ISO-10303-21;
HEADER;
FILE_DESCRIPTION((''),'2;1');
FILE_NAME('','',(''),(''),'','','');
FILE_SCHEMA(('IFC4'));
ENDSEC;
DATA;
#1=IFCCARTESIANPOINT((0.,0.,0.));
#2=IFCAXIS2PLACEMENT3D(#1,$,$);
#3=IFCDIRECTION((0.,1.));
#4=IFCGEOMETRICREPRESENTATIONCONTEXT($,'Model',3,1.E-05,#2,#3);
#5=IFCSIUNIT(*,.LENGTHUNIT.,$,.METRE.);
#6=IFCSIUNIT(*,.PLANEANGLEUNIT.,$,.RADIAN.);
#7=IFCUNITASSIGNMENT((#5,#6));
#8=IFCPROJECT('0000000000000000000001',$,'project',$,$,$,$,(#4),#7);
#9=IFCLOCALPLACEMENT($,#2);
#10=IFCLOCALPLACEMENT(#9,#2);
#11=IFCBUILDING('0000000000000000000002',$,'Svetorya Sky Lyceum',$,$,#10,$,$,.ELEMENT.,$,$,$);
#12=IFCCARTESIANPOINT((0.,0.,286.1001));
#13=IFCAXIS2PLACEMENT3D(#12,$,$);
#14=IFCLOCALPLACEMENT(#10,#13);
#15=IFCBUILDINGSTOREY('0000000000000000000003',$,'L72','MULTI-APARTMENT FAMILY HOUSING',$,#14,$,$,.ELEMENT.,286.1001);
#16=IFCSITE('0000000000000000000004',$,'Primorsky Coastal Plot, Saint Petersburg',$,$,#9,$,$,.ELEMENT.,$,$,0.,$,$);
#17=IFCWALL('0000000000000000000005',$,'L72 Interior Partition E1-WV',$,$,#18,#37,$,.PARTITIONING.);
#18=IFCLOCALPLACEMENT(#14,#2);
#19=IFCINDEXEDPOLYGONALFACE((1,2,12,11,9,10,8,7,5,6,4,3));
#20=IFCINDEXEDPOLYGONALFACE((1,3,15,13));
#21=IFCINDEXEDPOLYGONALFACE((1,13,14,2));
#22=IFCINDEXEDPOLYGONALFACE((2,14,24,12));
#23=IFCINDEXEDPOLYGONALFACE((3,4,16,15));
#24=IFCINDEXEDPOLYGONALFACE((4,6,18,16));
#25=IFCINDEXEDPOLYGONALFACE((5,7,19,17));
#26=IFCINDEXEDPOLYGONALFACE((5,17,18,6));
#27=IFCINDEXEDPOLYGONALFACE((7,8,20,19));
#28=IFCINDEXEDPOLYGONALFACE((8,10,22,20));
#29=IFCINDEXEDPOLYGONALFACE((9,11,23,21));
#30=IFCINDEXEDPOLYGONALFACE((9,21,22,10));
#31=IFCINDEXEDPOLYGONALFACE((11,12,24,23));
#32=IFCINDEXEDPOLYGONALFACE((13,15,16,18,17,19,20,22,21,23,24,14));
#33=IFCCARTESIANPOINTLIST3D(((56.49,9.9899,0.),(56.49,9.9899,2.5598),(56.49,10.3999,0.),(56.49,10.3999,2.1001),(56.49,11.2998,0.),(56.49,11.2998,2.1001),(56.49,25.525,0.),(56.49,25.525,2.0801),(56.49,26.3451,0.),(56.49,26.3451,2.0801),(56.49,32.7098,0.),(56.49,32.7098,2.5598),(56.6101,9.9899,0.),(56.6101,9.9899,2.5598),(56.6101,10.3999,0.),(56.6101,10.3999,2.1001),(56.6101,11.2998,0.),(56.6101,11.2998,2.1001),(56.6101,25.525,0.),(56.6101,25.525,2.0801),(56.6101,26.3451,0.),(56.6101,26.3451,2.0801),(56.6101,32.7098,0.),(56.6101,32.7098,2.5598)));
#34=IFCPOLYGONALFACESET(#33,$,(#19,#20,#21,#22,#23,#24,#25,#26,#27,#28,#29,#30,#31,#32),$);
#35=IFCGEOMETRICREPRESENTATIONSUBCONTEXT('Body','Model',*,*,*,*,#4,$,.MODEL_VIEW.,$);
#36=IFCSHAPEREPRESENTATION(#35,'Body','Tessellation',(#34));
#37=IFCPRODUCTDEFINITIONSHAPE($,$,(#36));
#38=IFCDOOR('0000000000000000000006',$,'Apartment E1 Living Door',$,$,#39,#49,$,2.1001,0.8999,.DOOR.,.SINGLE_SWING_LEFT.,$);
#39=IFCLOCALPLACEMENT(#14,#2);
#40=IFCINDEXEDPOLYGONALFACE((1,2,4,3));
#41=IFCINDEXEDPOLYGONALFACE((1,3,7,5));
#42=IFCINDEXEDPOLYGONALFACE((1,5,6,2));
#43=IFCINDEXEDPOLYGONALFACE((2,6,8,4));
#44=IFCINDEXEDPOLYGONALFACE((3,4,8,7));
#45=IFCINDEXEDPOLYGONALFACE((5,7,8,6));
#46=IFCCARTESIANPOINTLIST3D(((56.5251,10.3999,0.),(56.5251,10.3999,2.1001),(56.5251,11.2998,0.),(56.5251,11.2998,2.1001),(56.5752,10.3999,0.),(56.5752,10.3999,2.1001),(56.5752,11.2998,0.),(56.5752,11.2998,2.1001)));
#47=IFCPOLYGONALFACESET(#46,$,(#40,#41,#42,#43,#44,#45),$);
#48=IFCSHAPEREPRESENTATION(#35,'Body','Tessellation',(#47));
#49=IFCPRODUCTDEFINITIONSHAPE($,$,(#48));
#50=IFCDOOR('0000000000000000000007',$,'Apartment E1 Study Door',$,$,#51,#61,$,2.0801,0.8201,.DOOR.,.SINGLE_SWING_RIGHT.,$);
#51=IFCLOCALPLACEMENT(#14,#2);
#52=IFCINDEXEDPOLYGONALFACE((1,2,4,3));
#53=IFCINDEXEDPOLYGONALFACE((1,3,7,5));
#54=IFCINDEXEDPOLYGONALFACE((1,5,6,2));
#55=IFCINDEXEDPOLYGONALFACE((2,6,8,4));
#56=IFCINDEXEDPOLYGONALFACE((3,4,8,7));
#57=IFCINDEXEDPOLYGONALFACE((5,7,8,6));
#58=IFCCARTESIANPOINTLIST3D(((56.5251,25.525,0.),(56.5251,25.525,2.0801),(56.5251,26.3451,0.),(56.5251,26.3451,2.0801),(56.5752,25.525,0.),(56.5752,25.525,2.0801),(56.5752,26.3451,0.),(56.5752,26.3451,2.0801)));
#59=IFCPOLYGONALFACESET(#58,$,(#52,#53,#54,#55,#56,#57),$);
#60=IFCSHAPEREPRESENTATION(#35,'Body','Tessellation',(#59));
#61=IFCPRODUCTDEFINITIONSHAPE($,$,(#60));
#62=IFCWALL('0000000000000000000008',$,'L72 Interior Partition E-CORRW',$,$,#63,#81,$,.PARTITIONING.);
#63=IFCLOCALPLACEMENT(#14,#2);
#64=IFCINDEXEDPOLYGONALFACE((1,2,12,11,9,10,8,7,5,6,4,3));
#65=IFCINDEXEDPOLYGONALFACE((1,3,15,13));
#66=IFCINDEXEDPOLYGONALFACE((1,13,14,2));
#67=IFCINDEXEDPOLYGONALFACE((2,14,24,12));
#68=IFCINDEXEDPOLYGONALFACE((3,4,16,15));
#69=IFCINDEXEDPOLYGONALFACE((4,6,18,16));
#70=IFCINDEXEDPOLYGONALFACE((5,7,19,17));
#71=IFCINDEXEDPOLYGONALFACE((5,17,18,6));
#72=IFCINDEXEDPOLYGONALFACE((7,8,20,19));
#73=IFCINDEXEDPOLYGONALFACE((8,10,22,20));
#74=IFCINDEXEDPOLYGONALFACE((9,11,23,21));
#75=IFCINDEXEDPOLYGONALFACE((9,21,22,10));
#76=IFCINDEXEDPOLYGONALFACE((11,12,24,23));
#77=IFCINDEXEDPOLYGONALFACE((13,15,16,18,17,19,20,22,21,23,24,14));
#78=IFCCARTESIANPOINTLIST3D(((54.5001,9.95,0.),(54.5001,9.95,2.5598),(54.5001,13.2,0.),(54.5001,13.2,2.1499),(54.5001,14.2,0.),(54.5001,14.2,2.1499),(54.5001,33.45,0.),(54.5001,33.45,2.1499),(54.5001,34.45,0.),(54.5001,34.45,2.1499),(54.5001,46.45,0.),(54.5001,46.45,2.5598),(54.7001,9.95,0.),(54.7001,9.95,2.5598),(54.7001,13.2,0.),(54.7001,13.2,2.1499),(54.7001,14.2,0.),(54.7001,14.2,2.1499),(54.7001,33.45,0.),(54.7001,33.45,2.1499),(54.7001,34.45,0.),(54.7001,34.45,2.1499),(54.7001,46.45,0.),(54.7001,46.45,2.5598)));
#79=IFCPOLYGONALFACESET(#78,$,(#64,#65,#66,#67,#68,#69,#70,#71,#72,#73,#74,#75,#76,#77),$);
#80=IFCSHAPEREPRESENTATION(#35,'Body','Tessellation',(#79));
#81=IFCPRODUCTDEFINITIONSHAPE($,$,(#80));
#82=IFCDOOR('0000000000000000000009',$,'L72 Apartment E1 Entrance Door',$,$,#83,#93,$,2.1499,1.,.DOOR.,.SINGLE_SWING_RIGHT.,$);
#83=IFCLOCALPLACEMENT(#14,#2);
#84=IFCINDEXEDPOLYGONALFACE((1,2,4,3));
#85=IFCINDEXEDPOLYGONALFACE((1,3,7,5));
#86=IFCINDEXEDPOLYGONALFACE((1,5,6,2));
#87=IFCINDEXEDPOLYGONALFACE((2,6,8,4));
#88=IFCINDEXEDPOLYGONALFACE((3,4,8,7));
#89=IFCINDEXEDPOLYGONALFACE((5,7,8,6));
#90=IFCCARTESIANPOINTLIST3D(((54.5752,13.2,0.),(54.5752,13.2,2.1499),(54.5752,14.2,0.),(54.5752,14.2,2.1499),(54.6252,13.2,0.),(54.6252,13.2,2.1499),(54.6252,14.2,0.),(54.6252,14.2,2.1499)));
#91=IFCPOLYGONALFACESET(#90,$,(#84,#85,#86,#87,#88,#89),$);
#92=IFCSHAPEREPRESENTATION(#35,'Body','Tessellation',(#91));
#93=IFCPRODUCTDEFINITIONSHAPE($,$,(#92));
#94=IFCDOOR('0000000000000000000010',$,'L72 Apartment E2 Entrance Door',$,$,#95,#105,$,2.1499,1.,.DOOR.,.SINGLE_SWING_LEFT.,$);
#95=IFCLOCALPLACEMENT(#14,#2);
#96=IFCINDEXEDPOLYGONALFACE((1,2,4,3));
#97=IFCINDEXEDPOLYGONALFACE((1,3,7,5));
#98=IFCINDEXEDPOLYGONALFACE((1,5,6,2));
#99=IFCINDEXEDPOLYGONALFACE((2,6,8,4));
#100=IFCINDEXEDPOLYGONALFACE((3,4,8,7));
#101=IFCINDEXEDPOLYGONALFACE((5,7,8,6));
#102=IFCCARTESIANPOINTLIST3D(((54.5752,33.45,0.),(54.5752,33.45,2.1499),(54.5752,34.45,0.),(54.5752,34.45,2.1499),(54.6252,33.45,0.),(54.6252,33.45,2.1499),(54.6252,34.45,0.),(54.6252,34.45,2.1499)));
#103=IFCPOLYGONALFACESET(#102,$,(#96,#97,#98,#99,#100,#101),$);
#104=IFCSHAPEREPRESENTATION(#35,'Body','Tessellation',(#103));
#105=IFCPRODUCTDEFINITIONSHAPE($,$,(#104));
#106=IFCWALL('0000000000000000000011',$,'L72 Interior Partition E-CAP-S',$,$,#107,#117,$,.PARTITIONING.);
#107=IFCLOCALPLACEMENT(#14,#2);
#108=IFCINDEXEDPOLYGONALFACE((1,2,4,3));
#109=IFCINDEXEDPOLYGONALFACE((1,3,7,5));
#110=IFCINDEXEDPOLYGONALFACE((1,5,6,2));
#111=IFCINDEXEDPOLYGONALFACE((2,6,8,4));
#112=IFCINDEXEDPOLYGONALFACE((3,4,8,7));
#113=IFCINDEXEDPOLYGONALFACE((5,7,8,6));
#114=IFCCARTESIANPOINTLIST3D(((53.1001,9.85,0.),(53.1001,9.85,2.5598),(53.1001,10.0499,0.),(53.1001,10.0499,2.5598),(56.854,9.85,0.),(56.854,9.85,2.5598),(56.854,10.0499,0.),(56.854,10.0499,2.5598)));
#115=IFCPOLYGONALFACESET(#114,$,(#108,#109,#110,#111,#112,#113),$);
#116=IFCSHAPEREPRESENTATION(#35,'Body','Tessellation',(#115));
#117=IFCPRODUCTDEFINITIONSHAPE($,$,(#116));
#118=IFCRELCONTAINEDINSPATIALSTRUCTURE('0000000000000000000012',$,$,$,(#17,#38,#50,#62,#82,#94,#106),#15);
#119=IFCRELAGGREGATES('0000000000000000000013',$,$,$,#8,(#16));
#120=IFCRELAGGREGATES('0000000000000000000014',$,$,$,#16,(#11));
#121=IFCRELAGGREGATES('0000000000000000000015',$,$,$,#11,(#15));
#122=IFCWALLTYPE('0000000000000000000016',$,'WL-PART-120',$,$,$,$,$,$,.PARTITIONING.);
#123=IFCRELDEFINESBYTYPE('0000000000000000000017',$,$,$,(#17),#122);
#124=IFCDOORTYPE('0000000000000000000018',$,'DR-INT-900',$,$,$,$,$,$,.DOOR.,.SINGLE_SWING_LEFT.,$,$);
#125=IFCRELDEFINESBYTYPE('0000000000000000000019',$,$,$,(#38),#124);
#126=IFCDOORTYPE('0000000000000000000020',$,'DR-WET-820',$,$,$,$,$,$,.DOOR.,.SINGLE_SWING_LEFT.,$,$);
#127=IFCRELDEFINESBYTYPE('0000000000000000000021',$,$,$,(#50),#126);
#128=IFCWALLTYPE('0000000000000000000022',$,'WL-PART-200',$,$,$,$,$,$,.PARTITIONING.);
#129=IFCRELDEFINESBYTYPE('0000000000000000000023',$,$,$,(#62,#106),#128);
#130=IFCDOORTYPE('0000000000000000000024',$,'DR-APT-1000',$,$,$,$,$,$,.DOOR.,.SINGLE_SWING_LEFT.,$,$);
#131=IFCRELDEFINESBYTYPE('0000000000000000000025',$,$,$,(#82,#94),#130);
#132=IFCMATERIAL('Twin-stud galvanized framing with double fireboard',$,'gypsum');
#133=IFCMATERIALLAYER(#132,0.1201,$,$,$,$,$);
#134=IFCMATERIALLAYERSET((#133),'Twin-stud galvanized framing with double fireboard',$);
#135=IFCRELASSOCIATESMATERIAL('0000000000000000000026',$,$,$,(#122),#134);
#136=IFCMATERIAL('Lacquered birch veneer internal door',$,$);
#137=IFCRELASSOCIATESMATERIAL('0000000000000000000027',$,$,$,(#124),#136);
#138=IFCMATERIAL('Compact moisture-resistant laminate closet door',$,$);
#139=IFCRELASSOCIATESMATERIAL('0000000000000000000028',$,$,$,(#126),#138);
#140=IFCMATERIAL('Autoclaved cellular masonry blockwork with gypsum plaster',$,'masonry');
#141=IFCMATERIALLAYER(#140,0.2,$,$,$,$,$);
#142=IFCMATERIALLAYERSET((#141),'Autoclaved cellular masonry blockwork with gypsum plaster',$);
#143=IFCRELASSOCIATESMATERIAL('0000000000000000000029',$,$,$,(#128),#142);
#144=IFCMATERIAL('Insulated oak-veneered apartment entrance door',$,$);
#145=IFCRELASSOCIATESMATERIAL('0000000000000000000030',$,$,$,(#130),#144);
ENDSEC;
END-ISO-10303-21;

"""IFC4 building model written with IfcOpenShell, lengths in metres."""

from ifc_helpers import new_model, si_unit, direction, frame, frame_2d, origin, place, context, subcontext, project, spatial, rectangle, extrude, material, layer, layer_set, type_object, element, fill, save


model = new_model("IFC4")

# Units and contexts
model_context = context("Model", 3, precision=1e-05, world=origin(), true_north=direction((0.0, 1.0)))
body_context = subcontext(model_context, "Body", "Model", "MODEL_VIEW")
ifc_project = project(units=[si_unit("LENGTHUNIT", "METRE"), si_unit("PLANEANGLEUNIT", "RADIAN")], contexts=[model_context])

# Site, building, storey
site_placement = place(None, origin())
site = spatial("IfcSite", under=ifc_project, at=site_placement, Name="Primorsky Coastal Plot, Saint Petersburg", CompositionType="ELEMENT", RefElevation=0.0)
building_placement = place(site_placement, origin())
building = spatial("IfcBuilding", under=site, at=building_placement, Name="Svetorya Sky Lyceum", CompositionType="ELEMENT")
storey_placement = place(building_placement, frame((0.0, 0.0, 286.1001)))
storey = spatial("IfcBuildingStorey", under=building, at=storey_placement, Name="L72", Description="MULTI-APARTMENT FAMILY HOUSING", CompositionType="ELEMENT", Elevation=286.1001)

# Shared definitions
ifc_material_1 = material(Name="Twin-stud galvanized framing with double fireboard", Category="gypsum")
ifc_layer_1 = layer(ifc_material_1, 0.1201)
ifc_layer_set_1 = layer_set([ifc_layer_1], Name="Twin-stud galvanized framing with double fireboard")
wall_type_1 = type_object("IfcWallType", Name="WL-PART-120", PredefinedType="PARTITIONING", material=ifc_layer_set_1)

# Walls, openings, doors
wall_1_placement = place(storey_placement, frame((56.55, 9.99, 0.0), z_axis=(0.0, 0.0, 1.0), x_axis=(0.0, 1.0, 0.0)))
wall_1 = element("IfcWall", 1, at=wall_1_placement, inside=storey, type_object=wall_type_1, Name="L72 Interior Partition E1-WV", PredefinedType="PARTITIONING", context=body_context, shape_type="SweptSolid", body=[
    extrude(rectangle(XDim=22.72, YDim=0.1201, at=frame_2d((11.3599, 0.0))), origin(), (0.0, 0.0, 1.0), 2.5598),
])
opening_1_placement = place(wall_1_placement, frame((0.4099, 0.0, 0.0)))
opening_1 = element("IfcOpeningElement", 2, at=opening_1_placement, cuts=wall_1, PredefinedType="OPENING", context=body_context, shape_type="SweptSolid", body=[
    extrude(rectangle(XDim=0.8999, YDim=2.1001, at=frame_2d((0.45, 1.05))), frame((0.0, 0.0701, 0.0), z_axis=(0.0, -1.0, 0.0), x_axis=(1.0, 0.0, 0.0)), (0.0, 0.0, 1.0), 0.1401),
])
opening_2_placement = place(wall_1_placement, frame((15.5349, 0.0, 0.0)))
opening_2 = element("IfcOpeningElement", 3, at=opening_2_placement, cuts=wall_1, PredefinedType="OPENING", context=body_context, shape_type="SweptSolid", body=[
    extrude(rectangle(XDim=0.8201, YDim=2.0801, at=frame_2d((0.4102, 1.04))), frame((0.0, 0.0701, 0.0), z_axis=(0.0, -1.0, 0.0), x_axis=(1.0, 0.0, 0.0)), (0.0, 0.0, 1.0), 0.1401),
])
ifc_material_2 = material(Name="Lacquered birch veneer internal door")
door_type_1 = type_object("IfcDoorType", Name="DR-INT-900", OperationType="SINGLE_SWING_LEFT", PredefinedType="DOOR", material=ifc_material_2)
door_1_placement = place(opening_1_placement, origin())
door_1 = element("IfcDoor", 4, at=door_1_placement, inside=storey, type_object=door_type_1, Name="Apartment E1 Living Door", OperationType="SINGLE_SWING_LEFT", OverallHeight=2.1001, OverallWidth=0.8999, PredefinedType="DOOR", context=body_context, shape_type="SweptSolid", body=[
    extrude(rectangle(XDim=0.8999, YDim=2.1001, at=frame_2d((0.45, 1.05))), frame((0.0, 0.0249, 0.0), z_axis=(0.0, -1.0, 0.0), x_axis=(1.0, 0.0, 0.0)), (0.0, 0.0, 1.0), 0.05),
])
fill(opening_1, door_1)
ifc_material_3 = material(Name="Compact moisture-resistant laminate closet door")
door_type_2 = type_object("IfcDoorType", Name="DR-WET-820", OperationType="SINGLE_SWING_LEFT", PredefinedType="DOOR", material=ifc_material_3)
door_2_placement = place(opening_2_placement, origin())
door_2 = element("IfcDoor", 5, at=door_2_placement, inside=storey, type_object=door_type_2, Name="Apartment E1 Study Door", OperationType="SINGLE_SWING_RIGHT", OverallHeight=2.0801, OverallWidth=0.8201, PredefinedType="DOOR", context=body_context, shape_type="SweptSolid", body=[
    extrude(rectangle(XDim=0.8201, YDim=2.0801, at=frame_2d((0.4102, 1.04))), frame((0.0, 0.0249, 0.0), z_axis=(0.0, -1.0, 0.0), x_axis=(1.0, 0.0, 0.0)), (0.0, 0.0, 1.0), 0.05),
])
fill(opening_2, door_2)
ifc_material_4 = material(Name="Autoclaved cellular masonry blockwork with gypsum plaster", Category="masonry")
ifc_layer_2 = layer(ifc_material_4, 0.2)
ifc_layer_set_2 = layer_set([ifc_layer_2], Name="Autoclaved cellular masonry blockwork with gypsum plaster")
wall_type_2 = type_object("IfcWallType", Name="WL-PART-200", PredefinedType="PARTITIONING", material=ifc_layer_set_2)
wall_2_placement = place(storey_placement, frame((54.6001, 9.95, 0.0), z_axis=(0.0, 0.0, 1.0), x_axis=(0.0, 1.0, 0.0)))
wall_2 = element("IfcWall", 6, at=wall_2_placement, inside=storey, type_object=wall_type_2, Name="L72 Interior Partition E-CORRW", PredefinedType="PARTITIONING", context=body_context, shape_type="SweptSolid", body=[
    extrude(rectangle(XDim=36.5, YDim=0.2, at=frame_2d((18.25, 0.0))), origin(), (0.0, 0.0, 1.0), 2.5598),
])
opening_3_placement = place(wall_2_placement, frame((3.25, 0.0, 0.0)))
opening_3 = element("IfcOpeningElement", 7, at=opening_3_placement, cuts=wall_2, PredefinedType="OPENING", context=body_context, shape_type="SweptSolid", body=[
    extrude(rectangle(XDim=1.0, YDim=2.1499, at=frame_2d((0.5, 1.075))), frame((0.0, 0.1099, 0.0), z_axis=(0.0, -1.0, 0.0), x_axis=(1.0, 0.0, 0.0)), (0.0, 0.0, 1.0), 0.22),
])
opening_4_placement = place(wall_2_placement, frame((23.5, 0.0, 0.0)))
opening_4 = element("IfcOpeningElement", 8, at=opening_4_placement, cuts=wall_2, PredefinedType="OPENING", context=body_context, shape_type="SweptSolid", body=[
    extrude(rectangle(XDim=1.0, YDim=2.1499, at=frame_2d((0.5, 1.075))), frame((0.0, 0.1099, 0.0), z_axis=(0.0, -1.0, 0.0), x_axis=(1.0, 0.0, 0.0)), (0.0, 0.0, 1.0), 0.22),
])
ifc_material_5 = material(Name="Insulated oak-veneered apartment entrance door")
door_type_3 = type_object("IfcDoorType", Name="DR-APT-1000", OperationType="SINGLE_SWING_LEFT", PredefinedType="DOOR", material=ifc_material_5)
door_3_placement = place(opening_3_placement, origin())
door_3 = element("IfcDoor", 9, at=door_3_placement, inside=storey, type_object=door_type_3, Name="L72 Apartment E1 Entrance Door", OperationType="SINGLE_SWING_RIGHT", OverallHeight=2.1499, OverallWidth=1.0, PredefinedType="DOOR", context=body_context, shape_type="SweptSolid", body=[
    extrude(rectangle(XDim=1.0, YDim=2.1499, at=frame_2d((0.5, 1.075))), frame((0.0, 0.0249, 0.0), z_axis=(0.0, -1.0, 0.0), x_axis=(1.0, 0.0, 0.0)), (0.0, 0.0, 1.0), 0.05),
])
fill(opening_3, door_3)
door_4_placement = place(opening_4_placement, origin())
door_4 = element("IfcDoor", 10, at=door_4_placement, inside=storey, type_object=door_type_3, Name="L72 Apartment E2 Entrance Door", OperationType="SINGLE_SWING_LEFT", OverallHeight=2.1499, OverallWidth=1.0, PredefinedType="DOOR", context=body_context, shape_type="SweptSolid", body=[
    extrude(rectangle(XDim=1.0, YDim=2.1499, at=frame_2d((0.5, 1.075))), frame((0.0, 0.0249, 0.0), z_axis=(0.0, -1.0, 0.0), x_axis=(1.0, 0.0, 0.0)), (0.0, 0.0, 1.0), 0.05),
])
fill(opening_4, door_4)

# Wall
wall_3_placement = place(storey_placement, frame((53.1001, 9.95, 0.0), z_axis=(0.0, 0.0, 1.0), x_axis=(1.0, 0.0, 0.0)))
element("IfcWall", 11, at=wall_3_placement, inside=storey, type_object=wall_type_2, Name="L72 Interior Partition E-CAP-S", PredefinedType="PARTITIONING", context=body_context, shape_type="SweptSolid", body=[
    extrude(rectangle(XDim=3.7539, YDim=0.2, at=frame_2d((1.877, 0.0))), origin(), (0.0, 0.0, 1.0), 2.5598),
])

save(model, "model.ifc")
